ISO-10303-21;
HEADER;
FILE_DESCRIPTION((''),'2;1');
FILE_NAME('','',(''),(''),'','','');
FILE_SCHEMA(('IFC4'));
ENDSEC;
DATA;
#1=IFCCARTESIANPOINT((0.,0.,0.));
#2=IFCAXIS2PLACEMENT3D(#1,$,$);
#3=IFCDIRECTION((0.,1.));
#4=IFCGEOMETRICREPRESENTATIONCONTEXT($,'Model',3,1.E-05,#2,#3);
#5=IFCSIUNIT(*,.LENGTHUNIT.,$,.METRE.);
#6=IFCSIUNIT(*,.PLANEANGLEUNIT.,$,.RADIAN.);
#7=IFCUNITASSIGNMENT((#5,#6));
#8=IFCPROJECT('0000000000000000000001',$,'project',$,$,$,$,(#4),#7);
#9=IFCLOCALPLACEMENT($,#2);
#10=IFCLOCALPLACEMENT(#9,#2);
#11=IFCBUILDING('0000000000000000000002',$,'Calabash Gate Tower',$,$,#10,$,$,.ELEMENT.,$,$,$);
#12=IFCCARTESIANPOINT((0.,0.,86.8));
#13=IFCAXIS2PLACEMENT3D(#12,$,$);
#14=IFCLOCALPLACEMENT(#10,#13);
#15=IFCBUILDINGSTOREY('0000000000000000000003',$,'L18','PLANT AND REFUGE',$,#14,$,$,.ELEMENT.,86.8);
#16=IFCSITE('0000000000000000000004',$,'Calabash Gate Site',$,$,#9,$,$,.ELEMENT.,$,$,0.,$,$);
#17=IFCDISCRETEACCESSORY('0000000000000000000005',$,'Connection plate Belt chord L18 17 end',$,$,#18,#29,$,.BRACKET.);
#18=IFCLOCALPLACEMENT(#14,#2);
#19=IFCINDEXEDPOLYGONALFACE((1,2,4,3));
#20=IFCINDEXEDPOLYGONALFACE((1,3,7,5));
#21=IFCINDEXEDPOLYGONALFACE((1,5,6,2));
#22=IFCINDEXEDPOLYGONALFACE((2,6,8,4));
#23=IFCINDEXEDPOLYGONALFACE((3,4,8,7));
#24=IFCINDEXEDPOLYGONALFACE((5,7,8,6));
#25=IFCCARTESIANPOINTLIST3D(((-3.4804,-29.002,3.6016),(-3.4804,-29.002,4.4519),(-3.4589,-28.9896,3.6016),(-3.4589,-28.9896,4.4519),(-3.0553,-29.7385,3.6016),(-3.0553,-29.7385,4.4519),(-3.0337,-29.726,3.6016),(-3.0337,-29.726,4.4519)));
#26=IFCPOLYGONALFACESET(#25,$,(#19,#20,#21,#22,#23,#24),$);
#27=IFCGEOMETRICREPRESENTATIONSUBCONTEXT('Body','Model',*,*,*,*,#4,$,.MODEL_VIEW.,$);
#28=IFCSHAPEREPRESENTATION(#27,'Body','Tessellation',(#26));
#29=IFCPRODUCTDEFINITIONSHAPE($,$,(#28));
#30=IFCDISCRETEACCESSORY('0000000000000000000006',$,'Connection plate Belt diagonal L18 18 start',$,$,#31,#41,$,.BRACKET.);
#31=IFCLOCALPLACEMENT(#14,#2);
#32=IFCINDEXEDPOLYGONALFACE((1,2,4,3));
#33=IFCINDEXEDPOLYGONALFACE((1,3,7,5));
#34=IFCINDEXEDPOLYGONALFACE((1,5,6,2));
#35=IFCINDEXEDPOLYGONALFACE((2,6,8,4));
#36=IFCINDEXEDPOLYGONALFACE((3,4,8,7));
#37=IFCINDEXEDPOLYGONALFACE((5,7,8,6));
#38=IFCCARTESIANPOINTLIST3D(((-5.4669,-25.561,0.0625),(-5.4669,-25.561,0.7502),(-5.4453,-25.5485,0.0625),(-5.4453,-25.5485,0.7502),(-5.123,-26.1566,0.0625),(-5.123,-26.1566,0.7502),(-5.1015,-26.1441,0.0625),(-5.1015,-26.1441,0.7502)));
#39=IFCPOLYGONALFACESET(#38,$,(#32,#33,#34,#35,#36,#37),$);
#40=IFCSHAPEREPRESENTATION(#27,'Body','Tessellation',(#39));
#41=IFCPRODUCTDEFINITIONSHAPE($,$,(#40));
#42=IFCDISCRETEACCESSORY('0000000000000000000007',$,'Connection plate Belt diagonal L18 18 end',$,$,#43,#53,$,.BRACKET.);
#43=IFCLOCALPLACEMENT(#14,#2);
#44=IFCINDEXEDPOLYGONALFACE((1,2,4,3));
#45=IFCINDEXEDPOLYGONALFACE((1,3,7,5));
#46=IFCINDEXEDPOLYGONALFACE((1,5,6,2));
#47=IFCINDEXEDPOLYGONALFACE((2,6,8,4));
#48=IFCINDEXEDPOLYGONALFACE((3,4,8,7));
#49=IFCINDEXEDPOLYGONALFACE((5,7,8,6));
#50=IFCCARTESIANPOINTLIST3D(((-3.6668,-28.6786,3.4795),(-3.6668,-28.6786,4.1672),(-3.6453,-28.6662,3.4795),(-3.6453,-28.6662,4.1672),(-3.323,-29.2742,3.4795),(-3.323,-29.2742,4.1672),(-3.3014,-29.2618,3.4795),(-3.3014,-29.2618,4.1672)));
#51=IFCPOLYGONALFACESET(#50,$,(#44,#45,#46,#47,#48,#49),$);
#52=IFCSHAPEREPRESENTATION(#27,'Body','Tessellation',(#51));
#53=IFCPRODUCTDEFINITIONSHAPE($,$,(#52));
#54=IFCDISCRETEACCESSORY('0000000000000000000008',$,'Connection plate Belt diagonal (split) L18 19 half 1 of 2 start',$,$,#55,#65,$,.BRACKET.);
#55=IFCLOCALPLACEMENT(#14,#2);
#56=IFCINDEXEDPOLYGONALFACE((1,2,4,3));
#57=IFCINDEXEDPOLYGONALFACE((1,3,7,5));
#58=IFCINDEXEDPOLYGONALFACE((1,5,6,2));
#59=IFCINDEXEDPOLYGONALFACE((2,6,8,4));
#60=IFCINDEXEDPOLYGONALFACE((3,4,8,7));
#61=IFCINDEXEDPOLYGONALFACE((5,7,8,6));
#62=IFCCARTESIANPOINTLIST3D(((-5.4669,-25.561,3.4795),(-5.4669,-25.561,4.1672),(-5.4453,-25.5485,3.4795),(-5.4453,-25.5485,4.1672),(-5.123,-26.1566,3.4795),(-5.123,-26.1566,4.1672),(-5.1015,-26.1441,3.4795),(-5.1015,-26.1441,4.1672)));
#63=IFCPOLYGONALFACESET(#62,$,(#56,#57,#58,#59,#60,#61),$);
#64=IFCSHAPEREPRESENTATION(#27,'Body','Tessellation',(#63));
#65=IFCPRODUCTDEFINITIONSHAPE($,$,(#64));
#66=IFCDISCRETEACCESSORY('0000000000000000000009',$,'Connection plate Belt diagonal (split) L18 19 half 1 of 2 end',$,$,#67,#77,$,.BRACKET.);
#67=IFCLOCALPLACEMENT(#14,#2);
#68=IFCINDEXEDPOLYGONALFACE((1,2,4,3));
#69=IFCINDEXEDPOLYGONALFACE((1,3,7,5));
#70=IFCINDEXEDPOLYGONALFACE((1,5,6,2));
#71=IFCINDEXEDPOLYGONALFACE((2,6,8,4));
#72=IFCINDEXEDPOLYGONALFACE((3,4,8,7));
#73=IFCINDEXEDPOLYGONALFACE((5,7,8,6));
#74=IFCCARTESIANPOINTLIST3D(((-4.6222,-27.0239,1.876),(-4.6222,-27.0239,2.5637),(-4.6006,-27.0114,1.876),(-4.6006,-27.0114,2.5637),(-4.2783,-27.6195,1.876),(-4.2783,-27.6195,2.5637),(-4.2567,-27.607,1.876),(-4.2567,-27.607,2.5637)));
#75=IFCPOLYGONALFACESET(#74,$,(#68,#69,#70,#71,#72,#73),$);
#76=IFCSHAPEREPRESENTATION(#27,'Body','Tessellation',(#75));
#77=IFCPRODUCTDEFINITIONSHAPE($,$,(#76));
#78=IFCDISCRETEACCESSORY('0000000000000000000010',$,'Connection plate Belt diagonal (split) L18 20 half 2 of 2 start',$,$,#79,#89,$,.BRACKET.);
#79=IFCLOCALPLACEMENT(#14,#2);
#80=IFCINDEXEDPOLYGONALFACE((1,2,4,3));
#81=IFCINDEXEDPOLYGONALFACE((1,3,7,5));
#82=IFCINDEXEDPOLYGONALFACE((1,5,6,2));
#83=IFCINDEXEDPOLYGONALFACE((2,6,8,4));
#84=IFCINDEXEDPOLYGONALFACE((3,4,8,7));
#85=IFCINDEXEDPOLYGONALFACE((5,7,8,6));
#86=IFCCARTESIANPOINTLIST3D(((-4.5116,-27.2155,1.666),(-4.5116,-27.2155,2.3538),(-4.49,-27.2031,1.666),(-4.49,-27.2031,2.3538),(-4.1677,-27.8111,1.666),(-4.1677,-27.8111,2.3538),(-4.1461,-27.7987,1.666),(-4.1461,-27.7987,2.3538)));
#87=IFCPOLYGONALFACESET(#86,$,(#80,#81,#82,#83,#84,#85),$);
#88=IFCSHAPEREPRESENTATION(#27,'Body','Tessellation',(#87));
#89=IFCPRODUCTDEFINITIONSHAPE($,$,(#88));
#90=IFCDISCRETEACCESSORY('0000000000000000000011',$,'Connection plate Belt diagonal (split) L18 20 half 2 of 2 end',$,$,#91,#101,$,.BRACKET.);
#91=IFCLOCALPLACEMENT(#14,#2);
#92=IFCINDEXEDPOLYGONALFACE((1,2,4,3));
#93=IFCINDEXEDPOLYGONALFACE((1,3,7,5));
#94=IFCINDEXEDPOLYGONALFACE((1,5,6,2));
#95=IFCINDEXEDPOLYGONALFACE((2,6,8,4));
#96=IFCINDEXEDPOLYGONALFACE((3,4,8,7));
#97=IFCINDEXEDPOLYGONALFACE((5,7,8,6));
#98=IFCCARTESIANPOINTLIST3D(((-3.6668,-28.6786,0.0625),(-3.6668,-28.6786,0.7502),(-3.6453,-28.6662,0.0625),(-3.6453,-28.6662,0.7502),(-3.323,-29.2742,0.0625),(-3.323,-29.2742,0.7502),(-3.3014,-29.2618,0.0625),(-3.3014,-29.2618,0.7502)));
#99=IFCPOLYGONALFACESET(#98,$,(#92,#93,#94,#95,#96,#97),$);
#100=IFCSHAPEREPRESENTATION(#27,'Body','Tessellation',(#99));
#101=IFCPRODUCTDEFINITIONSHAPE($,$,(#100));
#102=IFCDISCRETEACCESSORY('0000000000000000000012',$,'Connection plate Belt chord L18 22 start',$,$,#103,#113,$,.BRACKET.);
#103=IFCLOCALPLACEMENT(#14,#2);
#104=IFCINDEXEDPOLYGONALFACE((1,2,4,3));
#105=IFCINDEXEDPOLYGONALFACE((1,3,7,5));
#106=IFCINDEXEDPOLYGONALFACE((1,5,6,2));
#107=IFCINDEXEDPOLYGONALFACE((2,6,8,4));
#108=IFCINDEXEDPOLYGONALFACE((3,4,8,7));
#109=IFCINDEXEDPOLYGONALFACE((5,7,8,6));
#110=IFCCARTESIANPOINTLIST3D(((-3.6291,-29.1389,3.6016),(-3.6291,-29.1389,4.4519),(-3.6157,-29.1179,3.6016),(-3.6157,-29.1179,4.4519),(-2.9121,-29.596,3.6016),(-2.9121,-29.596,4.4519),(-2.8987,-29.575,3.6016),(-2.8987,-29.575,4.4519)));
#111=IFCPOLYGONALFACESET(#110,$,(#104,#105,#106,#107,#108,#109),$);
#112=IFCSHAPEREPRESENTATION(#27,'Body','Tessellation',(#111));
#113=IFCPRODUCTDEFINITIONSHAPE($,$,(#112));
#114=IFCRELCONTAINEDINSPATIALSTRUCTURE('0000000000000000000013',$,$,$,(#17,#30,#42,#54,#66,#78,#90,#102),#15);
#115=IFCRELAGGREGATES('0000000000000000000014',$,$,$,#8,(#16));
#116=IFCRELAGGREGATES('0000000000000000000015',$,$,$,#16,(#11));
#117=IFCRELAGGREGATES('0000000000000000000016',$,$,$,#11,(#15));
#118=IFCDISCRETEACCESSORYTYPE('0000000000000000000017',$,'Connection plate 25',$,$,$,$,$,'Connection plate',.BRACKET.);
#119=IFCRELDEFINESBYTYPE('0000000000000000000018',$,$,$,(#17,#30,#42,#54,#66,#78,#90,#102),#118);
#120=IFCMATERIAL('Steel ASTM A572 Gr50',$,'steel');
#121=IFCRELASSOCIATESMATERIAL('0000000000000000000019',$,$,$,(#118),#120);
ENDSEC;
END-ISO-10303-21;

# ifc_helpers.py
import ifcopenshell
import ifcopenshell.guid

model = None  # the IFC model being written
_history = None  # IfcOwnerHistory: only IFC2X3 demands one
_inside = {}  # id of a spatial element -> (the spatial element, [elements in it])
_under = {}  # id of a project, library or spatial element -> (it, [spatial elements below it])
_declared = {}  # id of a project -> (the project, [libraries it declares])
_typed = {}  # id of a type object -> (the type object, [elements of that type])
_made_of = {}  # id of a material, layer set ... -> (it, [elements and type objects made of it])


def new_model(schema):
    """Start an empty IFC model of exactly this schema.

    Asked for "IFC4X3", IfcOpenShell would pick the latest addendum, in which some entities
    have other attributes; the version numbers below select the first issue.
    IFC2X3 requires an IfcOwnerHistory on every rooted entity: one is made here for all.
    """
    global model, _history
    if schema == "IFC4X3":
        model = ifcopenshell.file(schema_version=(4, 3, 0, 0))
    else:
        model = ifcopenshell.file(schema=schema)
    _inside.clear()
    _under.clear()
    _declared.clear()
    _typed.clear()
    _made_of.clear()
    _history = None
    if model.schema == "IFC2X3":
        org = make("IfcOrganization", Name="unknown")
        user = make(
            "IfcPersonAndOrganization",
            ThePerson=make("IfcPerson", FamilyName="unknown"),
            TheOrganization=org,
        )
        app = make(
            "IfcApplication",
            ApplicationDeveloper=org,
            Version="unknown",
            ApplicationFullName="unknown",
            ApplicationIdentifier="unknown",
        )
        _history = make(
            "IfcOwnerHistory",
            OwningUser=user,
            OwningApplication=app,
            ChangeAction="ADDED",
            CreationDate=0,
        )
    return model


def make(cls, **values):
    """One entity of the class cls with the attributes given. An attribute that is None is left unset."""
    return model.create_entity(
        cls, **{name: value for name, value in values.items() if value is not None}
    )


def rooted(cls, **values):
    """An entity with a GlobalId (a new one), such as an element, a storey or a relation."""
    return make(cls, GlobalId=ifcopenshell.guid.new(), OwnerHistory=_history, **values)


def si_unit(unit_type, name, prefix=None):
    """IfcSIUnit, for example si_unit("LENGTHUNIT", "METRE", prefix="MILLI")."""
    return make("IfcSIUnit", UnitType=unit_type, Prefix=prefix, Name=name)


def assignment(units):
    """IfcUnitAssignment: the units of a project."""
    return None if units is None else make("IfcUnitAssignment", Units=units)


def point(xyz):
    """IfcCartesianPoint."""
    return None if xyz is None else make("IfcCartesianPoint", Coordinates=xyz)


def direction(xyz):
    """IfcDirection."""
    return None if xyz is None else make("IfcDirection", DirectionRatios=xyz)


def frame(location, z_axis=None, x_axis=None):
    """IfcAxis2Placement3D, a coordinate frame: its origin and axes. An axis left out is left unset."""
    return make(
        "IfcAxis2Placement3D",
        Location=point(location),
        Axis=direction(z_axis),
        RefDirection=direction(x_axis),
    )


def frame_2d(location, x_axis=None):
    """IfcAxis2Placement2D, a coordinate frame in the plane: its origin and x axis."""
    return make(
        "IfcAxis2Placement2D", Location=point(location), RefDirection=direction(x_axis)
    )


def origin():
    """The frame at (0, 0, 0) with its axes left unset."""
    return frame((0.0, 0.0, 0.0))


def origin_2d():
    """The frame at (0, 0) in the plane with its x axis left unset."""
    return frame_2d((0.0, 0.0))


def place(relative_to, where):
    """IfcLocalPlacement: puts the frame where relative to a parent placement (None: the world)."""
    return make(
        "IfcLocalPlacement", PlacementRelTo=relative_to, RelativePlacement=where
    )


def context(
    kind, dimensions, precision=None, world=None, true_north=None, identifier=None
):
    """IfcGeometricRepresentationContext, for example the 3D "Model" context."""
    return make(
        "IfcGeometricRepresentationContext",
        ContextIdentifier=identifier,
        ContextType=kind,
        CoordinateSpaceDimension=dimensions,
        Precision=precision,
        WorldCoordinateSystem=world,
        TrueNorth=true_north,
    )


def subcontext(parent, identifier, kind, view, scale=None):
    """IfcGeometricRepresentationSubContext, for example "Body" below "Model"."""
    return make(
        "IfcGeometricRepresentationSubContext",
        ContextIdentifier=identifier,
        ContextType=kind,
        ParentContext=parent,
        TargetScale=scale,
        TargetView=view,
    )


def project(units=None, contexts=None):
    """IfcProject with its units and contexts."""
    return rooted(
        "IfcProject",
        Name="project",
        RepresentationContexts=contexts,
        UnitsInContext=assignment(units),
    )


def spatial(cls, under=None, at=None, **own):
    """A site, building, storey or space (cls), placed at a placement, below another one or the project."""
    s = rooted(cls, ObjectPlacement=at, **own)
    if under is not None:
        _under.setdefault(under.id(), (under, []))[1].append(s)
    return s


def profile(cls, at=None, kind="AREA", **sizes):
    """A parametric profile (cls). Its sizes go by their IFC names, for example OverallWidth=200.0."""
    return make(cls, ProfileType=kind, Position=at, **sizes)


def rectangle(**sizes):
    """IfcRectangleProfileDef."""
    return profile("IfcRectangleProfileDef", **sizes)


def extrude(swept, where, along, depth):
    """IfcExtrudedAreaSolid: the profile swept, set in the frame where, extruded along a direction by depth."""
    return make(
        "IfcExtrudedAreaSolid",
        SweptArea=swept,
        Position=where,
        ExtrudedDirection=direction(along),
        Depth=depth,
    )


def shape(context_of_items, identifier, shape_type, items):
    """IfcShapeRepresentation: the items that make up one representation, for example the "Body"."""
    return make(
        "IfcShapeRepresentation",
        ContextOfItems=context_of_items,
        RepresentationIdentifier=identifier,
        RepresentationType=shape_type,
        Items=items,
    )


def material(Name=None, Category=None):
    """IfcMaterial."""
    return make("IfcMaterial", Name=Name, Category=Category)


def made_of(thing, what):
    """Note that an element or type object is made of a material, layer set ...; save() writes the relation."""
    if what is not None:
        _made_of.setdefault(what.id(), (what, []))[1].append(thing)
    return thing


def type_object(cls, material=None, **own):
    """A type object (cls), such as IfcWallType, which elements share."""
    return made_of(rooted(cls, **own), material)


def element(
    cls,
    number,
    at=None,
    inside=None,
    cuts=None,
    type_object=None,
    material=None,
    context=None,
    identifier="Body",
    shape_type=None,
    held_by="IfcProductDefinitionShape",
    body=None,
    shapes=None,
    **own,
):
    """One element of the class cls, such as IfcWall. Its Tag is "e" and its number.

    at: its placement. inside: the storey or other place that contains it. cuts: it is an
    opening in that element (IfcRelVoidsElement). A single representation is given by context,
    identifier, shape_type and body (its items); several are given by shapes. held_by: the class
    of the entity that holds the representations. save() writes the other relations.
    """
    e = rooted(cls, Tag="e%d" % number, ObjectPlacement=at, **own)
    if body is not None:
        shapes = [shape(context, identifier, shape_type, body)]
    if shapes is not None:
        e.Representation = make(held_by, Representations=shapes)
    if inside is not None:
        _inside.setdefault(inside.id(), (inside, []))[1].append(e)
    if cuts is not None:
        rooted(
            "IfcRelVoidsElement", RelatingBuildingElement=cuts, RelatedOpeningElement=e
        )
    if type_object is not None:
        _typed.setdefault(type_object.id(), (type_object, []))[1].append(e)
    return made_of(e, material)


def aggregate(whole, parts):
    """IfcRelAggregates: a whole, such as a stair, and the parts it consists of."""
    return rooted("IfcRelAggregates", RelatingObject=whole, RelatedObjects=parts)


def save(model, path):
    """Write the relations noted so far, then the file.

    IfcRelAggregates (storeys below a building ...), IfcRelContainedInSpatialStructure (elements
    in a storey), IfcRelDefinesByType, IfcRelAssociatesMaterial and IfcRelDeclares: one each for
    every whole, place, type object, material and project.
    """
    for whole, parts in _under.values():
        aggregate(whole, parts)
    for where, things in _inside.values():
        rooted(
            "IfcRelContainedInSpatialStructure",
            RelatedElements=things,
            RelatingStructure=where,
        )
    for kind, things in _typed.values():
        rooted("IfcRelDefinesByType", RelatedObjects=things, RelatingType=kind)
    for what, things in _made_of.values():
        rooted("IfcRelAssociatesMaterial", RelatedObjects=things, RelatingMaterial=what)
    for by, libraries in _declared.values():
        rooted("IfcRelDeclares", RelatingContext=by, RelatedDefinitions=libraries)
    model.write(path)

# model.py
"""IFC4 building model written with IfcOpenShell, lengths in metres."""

from ifc_helpers import new_model, si_unit, direction, frame, origin, origin_2d, place, context, subcontext, project, spatial, rectangle, extrude, material, type_object, element, save


model = new_model("IFC4")

# Units and contexts
model_context = context("Model", 3, precision=1e-05, world=origin(), true_north=direction((0.0, 1.0)))
body_context = subcontext(model_context, "Body", "Model", "MODEL_VIEW")
ifc_project = project(units=[si_unit("LENGTHUNIT", "METRE"), si_unit("PLANEANGLEUNIT", "RADIAN")], contexts=[model_context])

# Site, building, storey
site_placement = place(None, origin())
site = spatial("IfcSite", under=ifc_project, at=site_placement, Name="Calabash Gate Site", CompositionType="ELEMENT", RefElevation=0.0)
building_placement = place(site_placement, origin())
building = spatial("IfcBuilding", under=site, at=building_placement, Name="Calabash Gate Tower", CompositionType="ELEMENT")
storey_placement = place(building_placement, frame((0.0, 0.0, 86.8)))
storey = spatial("IfcBuildingStorey", under=building, at=storey_placement, Name="L18", Description="PLANT AND REFUGE", CompositionType="ELEMENT", Elevation=86.8)

# Discrete accessories
ifc_material_1 = material(Name="Steel ASTM A572 Gr50", Category="steel")
discrete_accessory_type = type_object("IfcDiscreteAccessoryType", Name="Connection plate 25", ElementType="Connection plate", PredefinedType="BRACKET", material=ifc_material_1)
for number, where, z_axis, x_axis, name in (
    (1, (-3.2571, -29.364, 3.6016), (0.0, 0.0, 1.0), (0.499954, -0.866052, 0.0), "Connection plate Belt chord L18 17 end"),
):
    element("IfcDiscreteAccessory", number, at=place(storey_placement, frame(where, z_axis=z_axis, x_axis=x_axis)), inside=storey, type_object=discrete_accessory_type, Name=name, PredefinedType="BRACKET", context=body_context, shape_type="SweptSolid", body=[
        extrude(rectangle(XDim=0.8503, YDim=0.0249, at=origin_2d()), origin(), (0.0, 0.0, 1.0), 0.8503),
    ])
for number, where, z_axis, x_axis, name in (
    (2, (-5.2842, -25.8525, 0.0625), (0.0, 0.0, 1.0), (0.5, -0.866025, 0.0), "Connection plate Belt diagonal L18 18 start"),
    (3, (-3.4841, -28.9702, 3.4795), (0.0, 0.0, 1.0), (0.5, -0.866025, 0.0), "Connection plate Belt diagonal L18 18 end"),
    (4, (-5.2842, -25.8525, 3.4795), (0.0, 0.0, 1.0), (0.5, -0.866025, 0.0), "Connection plate Belt diagonal (split) L18 19 half 1 of 2 start"),
    (5, (-4.4395, -27.3154, 1.876), (0.0, 0.0, 1.0), (0.5, -0.866025, 0.0), "Connection plate Belt diagonal (split) L18 19 half 1 of 2 end"),
    (6, (-4.3289, -27.5071, 1.666), (0.0, 0.0, 1.0), (0.5, -0.866025, 0.0), "Connection plate Belt diagonal (split) L18 20 half 2 of 2 start"),
    (7, (-3.4841, -28.9702, 0.0625), (0.0, 0.0, 1.0), (0.5, -0.866025, 0.0), "Connection plate Belt diagonal (split) L18 20 half 2 of 2 end"),
):
    element("IfcDiscreteAccessory", number, at=place(storey_placement, frame(where, z_axis=z_axis, x_axis=x_axis)), inside=storey, type_object=discrete_accessory_type, Name=name, PredefinedType="BRACKET", context=body_context, shape_type="SweptSolid", body=[
        extrude(rectangle(XDim=0.6877, YDim=0.0249, at=origin_2d()), origin(), (0.0, 0.0, 1.0), 0.6877),
    ])
discrete_accessory_placement = place(storey_placement, frame((-3.2639, -29.3569, 3.6016), z_axis=(0.0, 0.0, 1.0), x_axis=(0.843245, -0.537529, 0.0)))
element("IfcDiscreteAccessory", 8, at=discrete_accessory_placement, inside=storey, type_object=discrete_accessory_type, Name="Connection plate Belt chord L18 22 start", PredefinedType="BRACKET", context=body_context, shape_type="SweptSolid", body=[
    extrude(rectangle(XDim=0.8503, YDim=0.0249, at=origin_2d()), origin(), (0.0, 0.0, 1.0), 0.8503),
])

save(model, "model.ifc")
